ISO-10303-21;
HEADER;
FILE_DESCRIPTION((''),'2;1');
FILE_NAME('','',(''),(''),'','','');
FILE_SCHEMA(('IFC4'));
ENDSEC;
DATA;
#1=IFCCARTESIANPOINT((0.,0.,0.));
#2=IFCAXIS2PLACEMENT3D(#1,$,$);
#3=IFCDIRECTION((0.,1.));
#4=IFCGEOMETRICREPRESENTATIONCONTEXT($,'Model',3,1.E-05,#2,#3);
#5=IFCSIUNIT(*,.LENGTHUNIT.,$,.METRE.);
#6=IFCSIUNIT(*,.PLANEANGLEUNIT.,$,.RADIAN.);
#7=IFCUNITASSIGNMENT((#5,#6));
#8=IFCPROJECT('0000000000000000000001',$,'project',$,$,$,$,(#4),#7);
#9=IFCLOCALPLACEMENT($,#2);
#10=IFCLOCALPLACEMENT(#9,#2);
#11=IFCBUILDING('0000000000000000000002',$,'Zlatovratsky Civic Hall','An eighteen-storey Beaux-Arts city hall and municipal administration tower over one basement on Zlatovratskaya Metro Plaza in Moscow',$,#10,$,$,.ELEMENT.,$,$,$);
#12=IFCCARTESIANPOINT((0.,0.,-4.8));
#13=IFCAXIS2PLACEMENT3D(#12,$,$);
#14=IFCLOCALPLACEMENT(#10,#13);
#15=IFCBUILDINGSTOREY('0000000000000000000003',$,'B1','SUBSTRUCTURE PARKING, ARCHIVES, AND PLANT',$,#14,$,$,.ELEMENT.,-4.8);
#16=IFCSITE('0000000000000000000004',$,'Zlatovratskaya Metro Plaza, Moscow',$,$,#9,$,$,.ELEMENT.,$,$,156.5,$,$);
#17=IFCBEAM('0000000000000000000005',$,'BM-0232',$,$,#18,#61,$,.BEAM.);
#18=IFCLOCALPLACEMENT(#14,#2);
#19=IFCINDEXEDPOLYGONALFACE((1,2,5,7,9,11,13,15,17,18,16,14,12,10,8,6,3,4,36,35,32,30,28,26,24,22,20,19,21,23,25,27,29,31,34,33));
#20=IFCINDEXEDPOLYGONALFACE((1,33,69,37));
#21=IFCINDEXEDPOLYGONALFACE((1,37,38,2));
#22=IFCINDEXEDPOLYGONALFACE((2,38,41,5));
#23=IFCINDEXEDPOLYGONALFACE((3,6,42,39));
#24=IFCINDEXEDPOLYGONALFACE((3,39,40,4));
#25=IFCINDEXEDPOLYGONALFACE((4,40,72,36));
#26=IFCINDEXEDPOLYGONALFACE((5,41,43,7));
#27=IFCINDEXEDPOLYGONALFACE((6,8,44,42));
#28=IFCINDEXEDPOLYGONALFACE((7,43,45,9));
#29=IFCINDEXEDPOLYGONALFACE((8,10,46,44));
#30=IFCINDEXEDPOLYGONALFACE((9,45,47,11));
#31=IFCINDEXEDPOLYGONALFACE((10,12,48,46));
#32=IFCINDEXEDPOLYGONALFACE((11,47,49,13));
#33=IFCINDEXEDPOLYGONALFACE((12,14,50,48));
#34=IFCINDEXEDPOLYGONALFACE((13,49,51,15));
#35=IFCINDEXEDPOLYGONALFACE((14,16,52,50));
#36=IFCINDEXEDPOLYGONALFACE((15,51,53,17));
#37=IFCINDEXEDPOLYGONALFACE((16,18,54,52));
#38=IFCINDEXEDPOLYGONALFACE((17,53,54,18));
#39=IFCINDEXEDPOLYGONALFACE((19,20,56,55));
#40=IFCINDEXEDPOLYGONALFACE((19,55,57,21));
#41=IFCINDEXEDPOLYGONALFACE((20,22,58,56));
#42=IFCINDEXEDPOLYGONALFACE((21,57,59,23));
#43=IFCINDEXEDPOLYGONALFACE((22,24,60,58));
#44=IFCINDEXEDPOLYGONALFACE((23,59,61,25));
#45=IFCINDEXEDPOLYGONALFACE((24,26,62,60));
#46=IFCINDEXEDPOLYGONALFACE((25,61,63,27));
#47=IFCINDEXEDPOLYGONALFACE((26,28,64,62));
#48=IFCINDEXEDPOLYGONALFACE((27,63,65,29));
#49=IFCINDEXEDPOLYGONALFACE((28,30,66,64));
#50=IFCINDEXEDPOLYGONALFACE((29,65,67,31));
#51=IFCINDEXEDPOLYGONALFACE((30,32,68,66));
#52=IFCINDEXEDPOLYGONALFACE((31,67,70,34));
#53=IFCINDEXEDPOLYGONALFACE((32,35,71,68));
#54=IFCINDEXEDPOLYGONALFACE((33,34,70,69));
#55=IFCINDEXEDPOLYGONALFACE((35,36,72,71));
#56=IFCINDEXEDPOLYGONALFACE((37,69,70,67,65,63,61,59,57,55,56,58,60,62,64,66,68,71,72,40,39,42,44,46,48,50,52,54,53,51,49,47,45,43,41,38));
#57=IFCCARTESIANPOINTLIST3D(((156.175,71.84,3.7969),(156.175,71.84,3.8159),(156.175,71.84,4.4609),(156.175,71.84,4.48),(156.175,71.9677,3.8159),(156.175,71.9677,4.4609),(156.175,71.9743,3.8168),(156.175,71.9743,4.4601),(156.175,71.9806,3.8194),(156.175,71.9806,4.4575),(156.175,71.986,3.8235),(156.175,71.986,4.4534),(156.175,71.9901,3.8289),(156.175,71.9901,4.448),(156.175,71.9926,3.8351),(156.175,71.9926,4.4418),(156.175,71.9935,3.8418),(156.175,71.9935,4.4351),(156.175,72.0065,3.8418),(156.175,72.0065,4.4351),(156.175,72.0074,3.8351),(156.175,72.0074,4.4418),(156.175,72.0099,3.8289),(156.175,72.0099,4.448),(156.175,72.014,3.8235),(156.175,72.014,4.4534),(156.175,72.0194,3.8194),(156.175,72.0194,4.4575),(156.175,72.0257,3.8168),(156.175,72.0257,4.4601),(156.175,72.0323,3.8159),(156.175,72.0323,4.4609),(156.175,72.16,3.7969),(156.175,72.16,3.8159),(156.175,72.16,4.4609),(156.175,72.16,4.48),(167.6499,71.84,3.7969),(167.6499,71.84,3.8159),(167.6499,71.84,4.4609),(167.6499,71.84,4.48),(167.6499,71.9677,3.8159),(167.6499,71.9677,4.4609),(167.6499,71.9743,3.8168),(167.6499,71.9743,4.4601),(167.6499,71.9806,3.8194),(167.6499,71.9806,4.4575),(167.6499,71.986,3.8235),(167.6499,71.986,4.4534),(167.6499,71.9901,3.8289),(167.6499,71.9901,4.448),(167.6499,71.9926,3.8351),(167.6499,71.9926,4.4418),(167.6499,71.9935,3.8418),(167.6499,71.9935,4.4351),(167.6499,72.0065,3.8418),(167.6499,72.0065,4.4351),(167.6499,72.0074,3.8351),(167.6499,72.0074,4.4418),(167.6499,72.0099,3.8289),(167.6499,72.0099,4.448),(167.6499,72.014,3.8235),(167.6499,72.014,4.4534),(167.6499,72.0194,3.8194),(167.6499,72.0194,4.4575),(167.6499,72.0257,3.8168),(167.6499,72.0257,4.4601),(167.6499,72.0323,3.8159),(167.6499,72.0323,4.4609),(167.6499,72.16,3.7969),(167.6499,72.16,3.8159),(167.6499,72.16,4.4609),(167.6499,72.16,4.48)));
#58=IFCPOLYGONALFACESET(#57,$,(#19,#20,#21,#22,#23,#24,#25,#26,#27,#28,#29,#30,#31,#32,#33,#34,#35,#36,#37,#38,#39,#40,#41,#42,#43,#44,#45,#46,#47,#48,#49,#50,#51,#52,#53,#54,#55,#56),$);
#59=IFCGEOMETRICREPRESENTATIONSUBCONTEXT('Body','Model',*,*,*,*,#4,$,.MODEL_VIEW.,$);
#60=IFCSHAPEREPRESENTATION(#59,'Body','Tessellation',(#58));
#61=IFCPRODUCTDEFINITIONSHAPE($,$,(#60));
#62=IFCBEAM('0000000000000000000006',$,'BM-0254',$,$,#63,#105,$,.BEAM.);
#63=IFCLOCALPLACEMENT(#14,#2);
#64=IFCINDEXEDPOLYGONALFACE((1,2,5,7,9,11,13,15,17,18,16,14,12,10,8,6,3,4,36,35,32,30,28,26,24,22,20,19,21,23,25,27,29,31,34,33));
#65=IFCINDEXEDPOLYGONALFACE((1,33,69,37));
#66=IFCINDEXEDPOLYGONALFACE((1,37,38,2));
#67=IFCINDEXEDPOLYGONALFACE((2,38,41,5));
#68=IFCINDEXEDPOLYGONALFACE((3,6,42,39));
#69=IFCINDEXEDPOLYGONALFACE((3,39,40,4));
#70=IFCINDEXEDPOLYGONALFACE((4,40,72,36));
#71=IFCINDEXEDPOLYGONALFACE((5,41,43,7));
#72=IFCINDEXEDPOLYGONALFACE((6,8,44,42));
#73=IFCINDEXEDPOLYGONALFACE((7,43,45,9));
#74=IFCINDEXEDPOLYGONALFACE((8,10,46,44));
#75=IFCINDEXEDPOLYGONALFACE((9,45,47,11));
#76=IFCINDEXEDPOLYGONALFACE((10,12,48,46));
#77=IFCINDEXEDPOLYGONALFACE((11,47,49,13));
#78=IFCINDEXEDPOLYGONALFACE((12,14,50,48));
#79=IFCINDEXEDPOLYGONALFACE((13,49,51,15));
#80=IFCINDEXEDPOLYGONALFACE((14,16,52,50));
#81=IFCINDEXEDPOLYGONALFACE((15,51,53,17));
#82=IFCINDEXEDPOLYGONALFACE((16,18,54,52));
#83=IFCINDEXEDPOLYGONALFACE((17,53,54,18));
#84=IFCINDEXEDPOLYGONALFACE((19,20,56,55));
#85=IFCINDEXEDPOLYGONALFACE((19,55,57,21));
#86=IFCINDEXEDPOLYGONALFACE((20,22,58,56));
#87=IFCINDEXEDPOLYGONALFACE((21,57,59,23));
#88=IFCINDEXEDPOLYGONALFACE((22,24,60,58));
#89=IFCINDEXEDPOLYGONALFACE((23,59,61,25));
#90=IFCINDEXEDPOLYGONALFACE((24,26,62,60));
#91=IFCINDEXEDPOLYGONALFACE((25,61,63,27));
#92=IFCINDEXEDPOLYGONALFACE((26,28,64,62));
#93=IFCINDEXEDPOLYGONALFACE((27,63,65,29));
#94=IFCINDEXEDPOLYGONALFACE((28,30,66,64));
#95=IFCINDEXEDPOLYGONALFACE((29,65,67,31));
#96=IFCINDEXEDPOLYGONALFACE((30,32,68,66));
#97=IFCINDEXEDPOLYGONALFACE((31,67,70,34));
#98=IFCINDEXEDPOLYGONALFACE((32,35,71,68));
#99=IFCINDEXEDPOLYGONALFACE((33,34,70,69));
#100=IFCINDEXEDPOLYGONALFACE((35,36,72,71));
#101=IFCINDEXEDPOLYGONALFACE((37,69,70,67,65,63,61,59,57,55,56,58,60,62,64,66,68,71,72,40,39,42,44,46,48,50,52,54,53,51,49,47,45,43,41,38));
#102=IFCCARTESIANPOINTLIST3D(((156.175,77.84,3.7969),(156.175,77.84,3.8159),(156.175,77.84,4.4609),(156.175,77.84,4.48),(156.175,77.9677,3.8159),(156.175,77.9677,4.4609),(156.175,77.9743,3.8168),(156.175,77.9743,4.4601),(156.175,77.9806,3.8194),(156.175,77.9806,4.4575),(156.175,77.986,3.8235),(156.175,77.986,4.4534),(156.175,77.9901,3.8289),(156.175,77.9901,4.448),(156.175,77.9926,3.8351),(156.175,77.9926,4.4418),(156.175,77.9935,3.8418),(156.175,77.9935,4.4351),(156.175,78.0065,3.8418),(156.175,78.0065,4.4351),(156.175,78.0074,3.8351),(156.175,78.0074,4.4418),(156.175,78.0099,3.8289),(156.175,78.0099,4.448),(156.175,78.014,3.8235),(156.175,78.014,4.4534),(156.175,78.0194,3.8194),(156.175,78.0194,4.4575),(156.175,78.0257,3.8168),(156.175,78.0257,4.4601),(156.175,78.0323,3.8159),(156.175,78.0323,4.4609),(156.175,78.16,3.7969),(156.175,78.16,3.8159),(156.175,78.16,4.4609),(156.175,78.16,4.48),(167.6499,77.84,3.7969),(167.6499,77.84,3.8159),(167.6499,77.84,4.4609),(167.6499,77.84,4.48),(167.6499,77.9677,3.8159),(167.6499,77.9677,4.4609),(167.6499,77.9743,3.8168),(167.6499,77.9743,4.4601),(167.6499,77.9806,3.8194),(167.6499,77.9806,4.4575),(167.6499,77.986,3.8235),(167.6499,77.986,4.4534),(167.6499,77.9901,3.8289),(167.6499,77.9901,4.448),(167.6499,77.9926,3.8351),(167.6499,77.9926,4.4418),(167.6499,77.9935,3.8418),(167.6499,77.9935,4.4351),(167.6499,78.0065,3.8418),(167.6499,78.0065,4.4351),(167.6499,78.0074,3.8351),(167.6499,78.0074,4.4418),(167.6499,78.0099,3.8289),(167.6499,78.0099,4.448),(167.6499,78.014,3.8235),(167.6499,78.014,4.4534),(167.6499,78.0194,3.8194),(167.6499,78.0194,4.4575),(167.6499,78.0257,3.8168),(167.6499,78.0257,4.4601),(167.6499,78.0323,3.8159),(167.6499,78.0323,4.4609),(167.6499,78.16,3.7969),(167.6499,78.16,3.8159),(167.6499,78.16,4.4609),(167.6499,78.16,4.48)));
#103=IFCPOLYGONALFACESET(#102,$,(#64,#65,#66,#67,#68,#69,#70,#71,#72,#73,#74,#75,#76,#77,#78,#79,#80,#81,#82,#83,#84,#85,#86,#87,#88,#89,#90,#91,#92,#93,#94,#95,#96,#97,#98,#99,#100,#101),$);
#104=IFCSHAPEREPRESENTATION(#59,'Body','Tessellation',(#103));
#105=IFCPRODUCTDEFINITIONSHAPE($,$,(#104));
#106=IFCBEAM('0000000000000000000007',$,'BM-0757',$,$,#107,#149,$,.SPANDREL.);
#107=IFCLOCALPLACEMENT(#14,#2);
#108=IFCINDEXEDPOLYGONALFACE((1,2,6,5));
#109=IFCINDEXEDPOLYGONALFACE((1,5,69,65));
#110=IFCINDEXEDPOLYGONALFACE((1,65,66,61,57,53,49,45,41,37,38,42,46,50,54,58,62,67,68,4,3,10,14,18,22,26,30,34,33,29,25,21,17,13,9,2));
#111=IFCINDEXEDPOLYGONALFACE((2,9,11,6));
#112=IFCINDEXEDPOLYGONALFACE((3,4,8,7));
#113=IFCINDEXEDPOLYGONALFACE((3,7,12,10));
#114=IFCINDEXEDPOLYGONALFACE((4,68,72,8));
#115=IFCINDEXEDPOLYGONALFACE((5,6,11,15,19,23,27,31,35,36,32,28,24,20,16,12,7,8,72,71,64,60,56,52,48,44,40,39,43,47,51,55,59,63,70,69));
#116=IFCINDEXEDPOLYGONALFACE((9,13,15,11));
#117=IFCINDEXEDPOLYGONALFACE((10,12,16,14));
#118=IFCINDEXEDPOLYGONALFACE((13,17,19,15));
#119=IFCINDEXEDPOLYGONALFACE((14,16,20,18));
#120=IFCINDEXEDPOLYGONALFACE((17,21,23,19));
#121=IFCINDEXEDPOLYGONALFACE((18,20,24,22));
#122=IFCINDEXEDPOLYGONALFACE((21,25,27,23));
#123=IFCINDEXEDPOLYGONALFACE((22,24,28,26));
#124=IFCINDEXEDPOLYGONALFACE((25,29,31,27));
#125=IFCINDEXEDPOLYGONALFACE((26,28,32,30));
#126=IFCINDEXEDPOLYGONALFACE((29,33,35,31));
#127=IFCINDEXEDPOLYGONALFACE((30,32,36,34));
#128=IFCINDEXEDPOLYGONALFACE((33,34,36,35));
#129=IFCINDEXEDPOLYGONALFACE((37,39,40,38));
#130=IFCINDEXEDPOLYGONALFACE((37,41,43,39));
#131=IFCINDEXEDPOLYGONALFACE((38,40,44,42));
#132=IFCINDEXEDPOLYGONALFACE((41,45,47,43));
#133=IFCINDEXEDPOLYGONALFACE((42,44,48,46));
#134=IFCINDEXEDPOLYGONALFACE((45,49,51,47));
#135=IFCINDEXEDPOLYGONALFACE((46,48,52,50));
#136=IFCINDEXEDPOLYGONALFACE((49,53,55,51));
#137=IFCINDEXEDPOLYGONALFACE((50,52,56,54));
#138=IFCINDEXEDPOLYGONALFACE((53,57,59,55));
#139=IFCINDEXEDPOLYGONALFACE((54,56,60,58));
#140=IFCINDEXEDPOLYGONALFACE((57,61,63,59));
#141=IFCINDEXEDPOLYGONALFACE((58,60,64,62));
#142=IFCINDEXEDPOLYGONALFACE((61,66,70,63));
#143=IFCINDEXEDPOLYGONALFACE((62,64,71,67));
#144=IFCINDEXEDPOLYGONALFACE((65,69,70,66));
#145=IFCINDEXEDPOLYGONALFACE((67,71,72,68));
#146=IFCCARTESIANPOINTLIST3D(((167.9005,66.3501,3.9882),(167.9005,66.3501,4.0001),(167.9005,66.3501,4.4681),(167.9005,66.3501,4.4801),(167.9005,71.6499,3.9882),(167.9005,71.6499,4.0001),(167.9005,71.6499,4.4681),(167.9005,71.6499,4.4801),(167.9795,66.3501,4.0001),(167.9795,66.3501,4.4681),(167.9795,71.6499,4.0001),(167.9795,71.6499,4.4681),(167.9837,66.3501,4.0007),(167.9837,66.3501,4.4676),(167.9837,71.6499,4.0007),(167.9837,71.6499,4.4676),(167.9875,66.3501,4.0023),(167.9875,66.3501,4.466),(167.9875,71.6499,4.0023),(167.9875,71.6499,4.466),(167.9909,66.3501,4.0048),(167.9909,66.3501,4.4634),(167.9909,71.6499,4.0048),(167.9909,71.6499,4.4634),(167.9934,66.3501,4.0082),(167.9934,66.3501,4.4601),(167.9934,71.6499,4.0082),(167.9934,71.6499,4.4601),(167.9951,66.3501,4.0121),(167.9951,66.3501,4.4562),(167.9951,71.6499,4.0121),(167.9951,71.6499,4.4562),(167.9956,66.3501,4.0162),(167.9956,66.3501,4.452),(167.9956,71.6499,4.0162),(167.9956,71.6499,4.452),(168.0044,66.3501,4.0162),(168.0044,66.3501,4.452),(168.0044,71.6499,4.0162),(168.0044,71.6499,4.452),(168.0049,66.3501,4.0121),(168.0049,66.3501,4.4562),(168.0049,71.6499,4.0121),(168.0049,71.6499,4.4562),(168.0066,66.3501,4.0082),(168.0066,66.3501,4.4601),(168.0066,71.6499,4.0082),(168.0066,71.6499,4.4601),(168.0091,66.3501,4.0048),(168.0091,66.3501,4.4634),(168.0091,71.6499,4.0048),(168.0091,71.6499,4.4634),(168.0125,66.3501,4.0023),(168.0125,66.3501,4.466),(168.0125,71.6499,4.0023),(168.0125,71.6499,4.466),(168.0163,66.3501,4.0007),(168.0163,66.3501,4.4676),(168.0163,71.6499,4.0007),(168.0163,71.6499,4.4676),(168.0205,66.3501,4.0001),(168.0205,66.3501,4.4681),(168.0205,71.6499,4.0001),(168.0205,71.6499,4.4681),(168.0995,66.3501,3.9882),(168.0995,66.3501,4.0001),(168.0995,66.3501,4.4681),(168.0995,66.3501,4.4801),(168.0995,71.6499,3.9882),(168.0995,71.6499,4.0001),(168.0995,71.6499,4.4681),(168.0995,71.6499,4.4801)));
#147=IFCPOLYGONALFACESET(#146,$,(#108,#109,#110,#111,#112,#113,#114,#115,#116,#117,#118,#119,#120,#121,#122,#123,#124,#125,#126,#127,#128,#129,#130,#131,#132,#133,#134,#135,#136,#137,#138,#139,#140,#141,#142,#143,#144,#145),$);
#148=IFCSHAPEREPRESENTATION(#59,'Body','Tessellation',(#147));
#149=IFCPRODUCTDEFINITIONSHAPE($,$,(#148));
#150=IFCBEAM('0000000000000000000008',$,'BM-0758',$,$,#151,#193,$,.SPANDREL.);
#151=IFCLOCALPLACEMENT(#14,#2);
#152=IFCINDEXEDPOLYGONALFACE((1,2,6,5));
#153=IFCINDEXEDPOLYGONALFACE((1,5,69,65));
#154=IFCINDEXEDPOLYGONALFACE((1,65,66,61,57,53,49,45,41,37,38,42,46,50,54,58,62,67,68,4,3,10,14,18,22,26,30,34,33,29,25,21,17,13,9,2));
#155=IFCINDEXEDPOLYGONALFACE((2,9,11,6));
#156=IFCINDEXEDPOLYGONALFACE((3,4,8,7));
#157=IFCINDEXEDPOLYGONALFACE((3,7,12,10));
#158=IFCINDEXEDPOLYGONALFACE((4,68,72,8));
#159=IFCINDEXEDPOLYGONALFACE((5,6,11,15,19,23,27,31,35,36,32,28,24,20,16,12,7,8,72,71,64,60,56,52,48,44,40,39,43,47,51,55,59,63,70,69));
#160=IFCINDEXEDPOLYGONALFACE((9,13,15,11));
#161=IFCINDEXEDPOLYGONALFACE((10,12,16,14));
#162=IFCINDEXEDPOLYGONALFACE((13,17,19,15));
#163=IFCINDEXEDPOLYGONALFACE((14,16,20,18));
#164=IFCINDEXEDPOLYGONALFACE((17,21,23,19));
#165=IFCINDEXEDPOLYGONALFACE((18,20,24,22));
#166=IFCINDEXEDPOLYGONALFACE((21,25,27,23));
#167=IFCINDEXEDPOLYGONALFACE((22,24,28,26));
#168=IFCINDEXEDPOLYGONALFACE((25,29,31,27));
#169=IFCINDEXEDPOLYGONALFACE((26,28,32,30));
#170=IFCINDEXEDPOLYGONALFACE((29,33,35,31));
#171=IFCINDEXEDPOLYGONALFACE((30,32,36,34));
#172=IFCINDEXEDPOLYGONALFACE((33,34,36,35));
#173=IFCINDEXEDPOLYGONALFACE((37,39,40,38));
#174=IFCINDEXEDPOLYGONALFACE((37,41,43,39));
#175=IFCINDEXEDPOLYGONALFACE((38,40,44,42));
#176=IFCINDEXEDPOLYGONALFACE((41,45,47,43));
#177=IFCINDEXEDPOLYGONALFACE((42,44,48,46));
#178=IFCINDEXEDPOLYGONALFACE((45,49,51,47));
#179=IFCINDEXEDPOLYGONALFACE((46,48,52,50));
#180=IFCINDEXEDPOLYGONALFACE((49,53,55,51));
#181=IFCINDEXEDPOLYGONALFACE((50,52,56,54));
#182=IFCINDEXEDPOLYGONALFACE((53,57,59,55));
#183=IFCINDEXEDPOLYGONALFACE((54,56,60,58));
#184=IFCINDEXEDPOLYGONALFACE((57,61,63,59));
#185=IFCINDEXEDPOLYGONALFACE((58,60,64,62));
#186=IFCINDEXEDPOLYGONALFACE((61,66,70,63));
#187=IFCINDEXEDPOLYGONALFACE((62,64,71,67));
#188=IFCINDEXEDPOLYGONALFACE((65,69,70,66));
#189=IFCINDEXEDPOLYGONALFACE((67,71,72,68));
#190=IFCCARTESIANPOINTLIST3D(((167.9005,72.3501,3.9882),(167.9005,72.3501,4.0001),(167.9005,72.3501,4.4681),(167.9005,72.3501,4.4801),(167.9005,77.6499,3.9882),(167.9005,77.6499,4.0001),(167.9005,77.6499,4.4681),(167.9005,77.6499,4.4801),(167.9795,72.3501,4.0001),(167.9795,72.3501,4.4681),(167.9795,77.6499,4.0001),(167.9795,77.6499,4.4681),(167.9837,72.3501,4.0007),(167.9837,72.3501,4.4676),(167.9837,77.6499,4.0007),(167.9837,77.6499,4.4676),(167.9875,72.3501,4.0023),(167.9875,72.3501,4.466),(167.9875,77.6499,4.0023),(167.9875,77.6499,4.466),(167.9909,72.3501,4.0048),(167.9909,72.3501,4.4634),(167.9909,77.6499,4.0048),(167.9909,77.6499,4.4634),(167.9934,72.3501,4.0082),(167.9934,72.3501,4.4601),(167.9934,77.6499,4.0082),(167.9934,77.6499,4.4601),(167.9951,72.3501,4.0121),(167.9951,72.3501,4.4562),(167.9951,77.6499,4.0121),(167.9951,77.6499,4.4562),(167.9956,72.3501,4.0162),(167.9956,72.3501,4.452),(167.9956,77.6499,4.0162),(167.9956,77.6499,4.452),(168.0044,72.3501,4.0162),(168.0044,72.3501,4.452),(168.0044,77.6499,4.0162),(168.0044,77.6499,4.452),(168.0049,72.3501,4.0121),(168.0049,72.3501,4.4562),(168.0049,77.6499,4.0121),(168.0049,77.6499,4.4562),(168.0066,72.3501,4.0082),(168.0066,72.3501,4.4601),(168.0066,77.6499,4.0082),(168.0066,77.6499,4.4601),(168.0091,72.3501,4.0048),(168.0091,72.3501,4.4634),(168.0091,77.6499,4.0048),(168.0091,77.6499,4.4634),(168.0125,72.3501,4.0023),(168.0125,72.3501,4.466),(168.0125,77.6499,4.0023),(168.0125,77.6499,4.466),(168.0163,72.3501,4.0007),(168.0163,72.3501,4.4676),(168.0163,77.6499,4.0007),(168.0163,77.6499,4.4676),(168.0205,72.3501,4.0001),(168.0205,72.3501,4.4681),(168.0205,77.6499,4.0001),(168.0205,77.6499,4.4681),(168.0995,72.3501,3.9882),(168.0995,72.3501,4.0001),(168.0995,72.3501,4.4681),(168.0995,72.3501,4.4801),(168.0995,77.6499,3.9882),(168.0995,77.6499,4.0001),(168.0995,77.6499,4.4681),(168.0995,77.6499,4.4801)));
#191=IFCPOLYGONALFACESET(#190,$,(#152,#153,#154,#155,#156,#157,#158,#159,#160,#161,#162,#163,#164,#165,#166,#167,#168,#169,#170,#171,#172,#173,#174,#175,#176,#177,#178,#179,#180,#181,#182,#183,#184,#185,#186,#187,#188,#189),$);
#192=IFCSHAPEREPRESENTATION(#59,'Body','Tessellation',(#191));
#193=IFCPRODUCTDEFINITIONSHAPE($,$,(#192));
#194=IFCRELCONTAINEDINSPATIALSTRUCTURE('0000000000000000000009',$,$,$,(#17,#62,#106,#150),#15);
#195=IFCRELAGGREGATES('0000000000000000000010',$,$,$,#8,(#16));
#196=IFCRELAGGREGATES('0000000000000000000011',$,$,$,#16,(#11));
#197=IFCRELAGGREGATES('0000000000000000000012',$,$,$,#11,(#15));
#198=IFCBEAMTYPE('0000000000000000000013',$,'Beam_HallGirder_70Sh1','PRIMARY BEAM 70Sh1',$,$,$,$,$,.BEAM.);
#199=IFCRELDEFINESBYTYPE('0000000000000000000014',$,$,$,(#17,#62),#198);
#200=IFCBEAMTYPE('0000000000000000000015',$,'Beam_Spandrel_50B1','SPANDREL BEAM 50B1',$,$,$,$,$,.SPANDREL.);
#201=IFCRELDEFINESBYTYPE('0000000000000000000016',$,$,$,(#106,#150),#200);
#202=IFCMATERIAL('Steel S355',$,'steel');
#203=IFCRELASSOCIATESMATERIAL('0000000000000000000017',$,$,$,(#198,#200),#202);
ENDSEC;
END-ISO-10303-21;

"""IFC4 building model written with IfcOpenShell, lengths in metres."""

from ifc_helpers import new_model, si_unit, direction, frame, origin, origin_2d, place, context, subcontext, project, spatial, i_section, extrude, material, material_profile, profile_set, type_object, element, save


model = new_model("IFC4")

# Units and contexts
model_context = context("Model", 3, precision=1e-05, world=origin(), true_north=direction((0.0, 1.0)))
body_context = subcontext(model_context, "Body", "Model", "MODEL_VIEW")
ifc_project = project(units=[si_unit("LENGTHUNIT", "METRE"), si_unit("PLANEANGLEUNIT", "RADIAN")], contexts=[model_context])

# Site, building, storey
site_placement = place(None, origin())
site = spatial("IfcSite", under=ifc_project, at=site_placement, Name="Zlatovratskaya Metro Plaza, Moscow", CompositionType="ELEMENT", RefElevation=156.5)
building_placement = place(site_placement, origin())
building = spatial("IfcBuilding", under=site, at=building_placement, Name="Zlatovratsky Civic Hall", Description="An eighteen-storey Beaux-Arts city hall and municipal administration tower over one basement on Zlatovratskaya Metro Plaza in Moscow", CompositionType="ELEMENT")
storey_placement = place(building_placement, frame((0.0, 0.0, -4.8)))
storey = spatial("IfcBuildingStorey", under=building, at=storey_placement, Name="B1", Description="SUBSTRUCTURE PARKING, ARCHIVES, AND PLANT", CompositionType="ELEMENT", Elevation=-4.8)

# Shared definitions
ifc_material_1 = material(Name="Steel S355", Category="steel")

# Beams
ifc_material_profile_1 = material_profile(ifc_material_1, i_section(OverallWidth=0.3201, OverallDepth=0.6831, WebThickness=0.0129, FlangeThickness=0.019, FilletRadius=0.0259, at=origin_2d()), Name="70Sh1")
ifc_profile_set_1 = profile_set([ifc_material_profile_1], Name="Steel S355")
beam_type_1 = type_object("IfcBeamType", Name="Beam_HallGirder_70Sh1", Description="PRIMARY BEAM 70Sh1", PredefinedType="BEAM", material=ifc_profile_set_1)
for number, where, z_axis, x_axis, name in (
    (1, (156.175, 72.0, 4.1384), (1.0, 0.0, 0.0), (0.0, 1.0, 0.0), "BM-0232"),
    (2, (156.175, 78.0, 4.1384), (1.0, 0.0, 0.0), (0.0, 1.0, 0.0), "BM-0254"),
):
    element("IfcBeam", number, at=place(storey_placement, frame(where, z_axis=z_axis, x_axis=x_axis)), inside=storey, type_object=beam_type_1, Name=name, PredefinedType="BEAM", context=body_context, shape_type="SweptSolid", body=[
        extrude(i_section(OverallWidth=0.3201, OverallDepth=0.6831, WebThickness=0.0129, FlangeThickness=0.019, FilletRadius=0.0259, at=origin_2d()), origin(), (0.0, 0.0, 1.0), 11.4749),
    ])
ifc_material_profile_2 = material_profile(ifc_material_1, i_section(OverallWidth=0.199, OverallDepth=0.4919, WebThickness=0.0088, FlangeThickness=0.012, FilletRadius=0.0161, at=origin_2d()), Name="50B1")
ifc_profile_set_2 = profile_set([ifc_material_profile_2], Name="Steel S355")
beam_type_2 = type_object("IfcBeamType", Name="Beam_Spandrel_50B1", Description="SPANDREL BEAM 50B1", PredefinedType="SPANDREL", material=ifc_profile_set_2)
for number, where, z_axis, x_axis, name in (
    (3, (168.0, 66.3501, 4.2341), (0.0, 1.0, 0.0), (-1.0, 0.0, 0.0), "BM-0757"),
    (4, (168.0, 72.3501, 4.2341), (0.0, 1.0, 0.0), (-1.0, 0.0, 0.0), "BM-0758"),
):
    element("IfcBeam", number, at=place(storey_placement, frame(where, z_axis=z_axis, x_axis=x_axis)), inside=storey, type_object=beam_type_2, Name=name, PredefinedType="SPANDREL", context=body_context, shape_type="SweptSolid", body=[
        extrude(i_section(OverallWidth=0.199, OverallDepth=0.4919, WebThickness=0.0088, FlangeThickness=0.012, FilletRadius=0.0161, at=origin_2d()), origin(), (0.0, 0.0, 1.0), 5.2998),
    ])

save(model, "model.ifc")
